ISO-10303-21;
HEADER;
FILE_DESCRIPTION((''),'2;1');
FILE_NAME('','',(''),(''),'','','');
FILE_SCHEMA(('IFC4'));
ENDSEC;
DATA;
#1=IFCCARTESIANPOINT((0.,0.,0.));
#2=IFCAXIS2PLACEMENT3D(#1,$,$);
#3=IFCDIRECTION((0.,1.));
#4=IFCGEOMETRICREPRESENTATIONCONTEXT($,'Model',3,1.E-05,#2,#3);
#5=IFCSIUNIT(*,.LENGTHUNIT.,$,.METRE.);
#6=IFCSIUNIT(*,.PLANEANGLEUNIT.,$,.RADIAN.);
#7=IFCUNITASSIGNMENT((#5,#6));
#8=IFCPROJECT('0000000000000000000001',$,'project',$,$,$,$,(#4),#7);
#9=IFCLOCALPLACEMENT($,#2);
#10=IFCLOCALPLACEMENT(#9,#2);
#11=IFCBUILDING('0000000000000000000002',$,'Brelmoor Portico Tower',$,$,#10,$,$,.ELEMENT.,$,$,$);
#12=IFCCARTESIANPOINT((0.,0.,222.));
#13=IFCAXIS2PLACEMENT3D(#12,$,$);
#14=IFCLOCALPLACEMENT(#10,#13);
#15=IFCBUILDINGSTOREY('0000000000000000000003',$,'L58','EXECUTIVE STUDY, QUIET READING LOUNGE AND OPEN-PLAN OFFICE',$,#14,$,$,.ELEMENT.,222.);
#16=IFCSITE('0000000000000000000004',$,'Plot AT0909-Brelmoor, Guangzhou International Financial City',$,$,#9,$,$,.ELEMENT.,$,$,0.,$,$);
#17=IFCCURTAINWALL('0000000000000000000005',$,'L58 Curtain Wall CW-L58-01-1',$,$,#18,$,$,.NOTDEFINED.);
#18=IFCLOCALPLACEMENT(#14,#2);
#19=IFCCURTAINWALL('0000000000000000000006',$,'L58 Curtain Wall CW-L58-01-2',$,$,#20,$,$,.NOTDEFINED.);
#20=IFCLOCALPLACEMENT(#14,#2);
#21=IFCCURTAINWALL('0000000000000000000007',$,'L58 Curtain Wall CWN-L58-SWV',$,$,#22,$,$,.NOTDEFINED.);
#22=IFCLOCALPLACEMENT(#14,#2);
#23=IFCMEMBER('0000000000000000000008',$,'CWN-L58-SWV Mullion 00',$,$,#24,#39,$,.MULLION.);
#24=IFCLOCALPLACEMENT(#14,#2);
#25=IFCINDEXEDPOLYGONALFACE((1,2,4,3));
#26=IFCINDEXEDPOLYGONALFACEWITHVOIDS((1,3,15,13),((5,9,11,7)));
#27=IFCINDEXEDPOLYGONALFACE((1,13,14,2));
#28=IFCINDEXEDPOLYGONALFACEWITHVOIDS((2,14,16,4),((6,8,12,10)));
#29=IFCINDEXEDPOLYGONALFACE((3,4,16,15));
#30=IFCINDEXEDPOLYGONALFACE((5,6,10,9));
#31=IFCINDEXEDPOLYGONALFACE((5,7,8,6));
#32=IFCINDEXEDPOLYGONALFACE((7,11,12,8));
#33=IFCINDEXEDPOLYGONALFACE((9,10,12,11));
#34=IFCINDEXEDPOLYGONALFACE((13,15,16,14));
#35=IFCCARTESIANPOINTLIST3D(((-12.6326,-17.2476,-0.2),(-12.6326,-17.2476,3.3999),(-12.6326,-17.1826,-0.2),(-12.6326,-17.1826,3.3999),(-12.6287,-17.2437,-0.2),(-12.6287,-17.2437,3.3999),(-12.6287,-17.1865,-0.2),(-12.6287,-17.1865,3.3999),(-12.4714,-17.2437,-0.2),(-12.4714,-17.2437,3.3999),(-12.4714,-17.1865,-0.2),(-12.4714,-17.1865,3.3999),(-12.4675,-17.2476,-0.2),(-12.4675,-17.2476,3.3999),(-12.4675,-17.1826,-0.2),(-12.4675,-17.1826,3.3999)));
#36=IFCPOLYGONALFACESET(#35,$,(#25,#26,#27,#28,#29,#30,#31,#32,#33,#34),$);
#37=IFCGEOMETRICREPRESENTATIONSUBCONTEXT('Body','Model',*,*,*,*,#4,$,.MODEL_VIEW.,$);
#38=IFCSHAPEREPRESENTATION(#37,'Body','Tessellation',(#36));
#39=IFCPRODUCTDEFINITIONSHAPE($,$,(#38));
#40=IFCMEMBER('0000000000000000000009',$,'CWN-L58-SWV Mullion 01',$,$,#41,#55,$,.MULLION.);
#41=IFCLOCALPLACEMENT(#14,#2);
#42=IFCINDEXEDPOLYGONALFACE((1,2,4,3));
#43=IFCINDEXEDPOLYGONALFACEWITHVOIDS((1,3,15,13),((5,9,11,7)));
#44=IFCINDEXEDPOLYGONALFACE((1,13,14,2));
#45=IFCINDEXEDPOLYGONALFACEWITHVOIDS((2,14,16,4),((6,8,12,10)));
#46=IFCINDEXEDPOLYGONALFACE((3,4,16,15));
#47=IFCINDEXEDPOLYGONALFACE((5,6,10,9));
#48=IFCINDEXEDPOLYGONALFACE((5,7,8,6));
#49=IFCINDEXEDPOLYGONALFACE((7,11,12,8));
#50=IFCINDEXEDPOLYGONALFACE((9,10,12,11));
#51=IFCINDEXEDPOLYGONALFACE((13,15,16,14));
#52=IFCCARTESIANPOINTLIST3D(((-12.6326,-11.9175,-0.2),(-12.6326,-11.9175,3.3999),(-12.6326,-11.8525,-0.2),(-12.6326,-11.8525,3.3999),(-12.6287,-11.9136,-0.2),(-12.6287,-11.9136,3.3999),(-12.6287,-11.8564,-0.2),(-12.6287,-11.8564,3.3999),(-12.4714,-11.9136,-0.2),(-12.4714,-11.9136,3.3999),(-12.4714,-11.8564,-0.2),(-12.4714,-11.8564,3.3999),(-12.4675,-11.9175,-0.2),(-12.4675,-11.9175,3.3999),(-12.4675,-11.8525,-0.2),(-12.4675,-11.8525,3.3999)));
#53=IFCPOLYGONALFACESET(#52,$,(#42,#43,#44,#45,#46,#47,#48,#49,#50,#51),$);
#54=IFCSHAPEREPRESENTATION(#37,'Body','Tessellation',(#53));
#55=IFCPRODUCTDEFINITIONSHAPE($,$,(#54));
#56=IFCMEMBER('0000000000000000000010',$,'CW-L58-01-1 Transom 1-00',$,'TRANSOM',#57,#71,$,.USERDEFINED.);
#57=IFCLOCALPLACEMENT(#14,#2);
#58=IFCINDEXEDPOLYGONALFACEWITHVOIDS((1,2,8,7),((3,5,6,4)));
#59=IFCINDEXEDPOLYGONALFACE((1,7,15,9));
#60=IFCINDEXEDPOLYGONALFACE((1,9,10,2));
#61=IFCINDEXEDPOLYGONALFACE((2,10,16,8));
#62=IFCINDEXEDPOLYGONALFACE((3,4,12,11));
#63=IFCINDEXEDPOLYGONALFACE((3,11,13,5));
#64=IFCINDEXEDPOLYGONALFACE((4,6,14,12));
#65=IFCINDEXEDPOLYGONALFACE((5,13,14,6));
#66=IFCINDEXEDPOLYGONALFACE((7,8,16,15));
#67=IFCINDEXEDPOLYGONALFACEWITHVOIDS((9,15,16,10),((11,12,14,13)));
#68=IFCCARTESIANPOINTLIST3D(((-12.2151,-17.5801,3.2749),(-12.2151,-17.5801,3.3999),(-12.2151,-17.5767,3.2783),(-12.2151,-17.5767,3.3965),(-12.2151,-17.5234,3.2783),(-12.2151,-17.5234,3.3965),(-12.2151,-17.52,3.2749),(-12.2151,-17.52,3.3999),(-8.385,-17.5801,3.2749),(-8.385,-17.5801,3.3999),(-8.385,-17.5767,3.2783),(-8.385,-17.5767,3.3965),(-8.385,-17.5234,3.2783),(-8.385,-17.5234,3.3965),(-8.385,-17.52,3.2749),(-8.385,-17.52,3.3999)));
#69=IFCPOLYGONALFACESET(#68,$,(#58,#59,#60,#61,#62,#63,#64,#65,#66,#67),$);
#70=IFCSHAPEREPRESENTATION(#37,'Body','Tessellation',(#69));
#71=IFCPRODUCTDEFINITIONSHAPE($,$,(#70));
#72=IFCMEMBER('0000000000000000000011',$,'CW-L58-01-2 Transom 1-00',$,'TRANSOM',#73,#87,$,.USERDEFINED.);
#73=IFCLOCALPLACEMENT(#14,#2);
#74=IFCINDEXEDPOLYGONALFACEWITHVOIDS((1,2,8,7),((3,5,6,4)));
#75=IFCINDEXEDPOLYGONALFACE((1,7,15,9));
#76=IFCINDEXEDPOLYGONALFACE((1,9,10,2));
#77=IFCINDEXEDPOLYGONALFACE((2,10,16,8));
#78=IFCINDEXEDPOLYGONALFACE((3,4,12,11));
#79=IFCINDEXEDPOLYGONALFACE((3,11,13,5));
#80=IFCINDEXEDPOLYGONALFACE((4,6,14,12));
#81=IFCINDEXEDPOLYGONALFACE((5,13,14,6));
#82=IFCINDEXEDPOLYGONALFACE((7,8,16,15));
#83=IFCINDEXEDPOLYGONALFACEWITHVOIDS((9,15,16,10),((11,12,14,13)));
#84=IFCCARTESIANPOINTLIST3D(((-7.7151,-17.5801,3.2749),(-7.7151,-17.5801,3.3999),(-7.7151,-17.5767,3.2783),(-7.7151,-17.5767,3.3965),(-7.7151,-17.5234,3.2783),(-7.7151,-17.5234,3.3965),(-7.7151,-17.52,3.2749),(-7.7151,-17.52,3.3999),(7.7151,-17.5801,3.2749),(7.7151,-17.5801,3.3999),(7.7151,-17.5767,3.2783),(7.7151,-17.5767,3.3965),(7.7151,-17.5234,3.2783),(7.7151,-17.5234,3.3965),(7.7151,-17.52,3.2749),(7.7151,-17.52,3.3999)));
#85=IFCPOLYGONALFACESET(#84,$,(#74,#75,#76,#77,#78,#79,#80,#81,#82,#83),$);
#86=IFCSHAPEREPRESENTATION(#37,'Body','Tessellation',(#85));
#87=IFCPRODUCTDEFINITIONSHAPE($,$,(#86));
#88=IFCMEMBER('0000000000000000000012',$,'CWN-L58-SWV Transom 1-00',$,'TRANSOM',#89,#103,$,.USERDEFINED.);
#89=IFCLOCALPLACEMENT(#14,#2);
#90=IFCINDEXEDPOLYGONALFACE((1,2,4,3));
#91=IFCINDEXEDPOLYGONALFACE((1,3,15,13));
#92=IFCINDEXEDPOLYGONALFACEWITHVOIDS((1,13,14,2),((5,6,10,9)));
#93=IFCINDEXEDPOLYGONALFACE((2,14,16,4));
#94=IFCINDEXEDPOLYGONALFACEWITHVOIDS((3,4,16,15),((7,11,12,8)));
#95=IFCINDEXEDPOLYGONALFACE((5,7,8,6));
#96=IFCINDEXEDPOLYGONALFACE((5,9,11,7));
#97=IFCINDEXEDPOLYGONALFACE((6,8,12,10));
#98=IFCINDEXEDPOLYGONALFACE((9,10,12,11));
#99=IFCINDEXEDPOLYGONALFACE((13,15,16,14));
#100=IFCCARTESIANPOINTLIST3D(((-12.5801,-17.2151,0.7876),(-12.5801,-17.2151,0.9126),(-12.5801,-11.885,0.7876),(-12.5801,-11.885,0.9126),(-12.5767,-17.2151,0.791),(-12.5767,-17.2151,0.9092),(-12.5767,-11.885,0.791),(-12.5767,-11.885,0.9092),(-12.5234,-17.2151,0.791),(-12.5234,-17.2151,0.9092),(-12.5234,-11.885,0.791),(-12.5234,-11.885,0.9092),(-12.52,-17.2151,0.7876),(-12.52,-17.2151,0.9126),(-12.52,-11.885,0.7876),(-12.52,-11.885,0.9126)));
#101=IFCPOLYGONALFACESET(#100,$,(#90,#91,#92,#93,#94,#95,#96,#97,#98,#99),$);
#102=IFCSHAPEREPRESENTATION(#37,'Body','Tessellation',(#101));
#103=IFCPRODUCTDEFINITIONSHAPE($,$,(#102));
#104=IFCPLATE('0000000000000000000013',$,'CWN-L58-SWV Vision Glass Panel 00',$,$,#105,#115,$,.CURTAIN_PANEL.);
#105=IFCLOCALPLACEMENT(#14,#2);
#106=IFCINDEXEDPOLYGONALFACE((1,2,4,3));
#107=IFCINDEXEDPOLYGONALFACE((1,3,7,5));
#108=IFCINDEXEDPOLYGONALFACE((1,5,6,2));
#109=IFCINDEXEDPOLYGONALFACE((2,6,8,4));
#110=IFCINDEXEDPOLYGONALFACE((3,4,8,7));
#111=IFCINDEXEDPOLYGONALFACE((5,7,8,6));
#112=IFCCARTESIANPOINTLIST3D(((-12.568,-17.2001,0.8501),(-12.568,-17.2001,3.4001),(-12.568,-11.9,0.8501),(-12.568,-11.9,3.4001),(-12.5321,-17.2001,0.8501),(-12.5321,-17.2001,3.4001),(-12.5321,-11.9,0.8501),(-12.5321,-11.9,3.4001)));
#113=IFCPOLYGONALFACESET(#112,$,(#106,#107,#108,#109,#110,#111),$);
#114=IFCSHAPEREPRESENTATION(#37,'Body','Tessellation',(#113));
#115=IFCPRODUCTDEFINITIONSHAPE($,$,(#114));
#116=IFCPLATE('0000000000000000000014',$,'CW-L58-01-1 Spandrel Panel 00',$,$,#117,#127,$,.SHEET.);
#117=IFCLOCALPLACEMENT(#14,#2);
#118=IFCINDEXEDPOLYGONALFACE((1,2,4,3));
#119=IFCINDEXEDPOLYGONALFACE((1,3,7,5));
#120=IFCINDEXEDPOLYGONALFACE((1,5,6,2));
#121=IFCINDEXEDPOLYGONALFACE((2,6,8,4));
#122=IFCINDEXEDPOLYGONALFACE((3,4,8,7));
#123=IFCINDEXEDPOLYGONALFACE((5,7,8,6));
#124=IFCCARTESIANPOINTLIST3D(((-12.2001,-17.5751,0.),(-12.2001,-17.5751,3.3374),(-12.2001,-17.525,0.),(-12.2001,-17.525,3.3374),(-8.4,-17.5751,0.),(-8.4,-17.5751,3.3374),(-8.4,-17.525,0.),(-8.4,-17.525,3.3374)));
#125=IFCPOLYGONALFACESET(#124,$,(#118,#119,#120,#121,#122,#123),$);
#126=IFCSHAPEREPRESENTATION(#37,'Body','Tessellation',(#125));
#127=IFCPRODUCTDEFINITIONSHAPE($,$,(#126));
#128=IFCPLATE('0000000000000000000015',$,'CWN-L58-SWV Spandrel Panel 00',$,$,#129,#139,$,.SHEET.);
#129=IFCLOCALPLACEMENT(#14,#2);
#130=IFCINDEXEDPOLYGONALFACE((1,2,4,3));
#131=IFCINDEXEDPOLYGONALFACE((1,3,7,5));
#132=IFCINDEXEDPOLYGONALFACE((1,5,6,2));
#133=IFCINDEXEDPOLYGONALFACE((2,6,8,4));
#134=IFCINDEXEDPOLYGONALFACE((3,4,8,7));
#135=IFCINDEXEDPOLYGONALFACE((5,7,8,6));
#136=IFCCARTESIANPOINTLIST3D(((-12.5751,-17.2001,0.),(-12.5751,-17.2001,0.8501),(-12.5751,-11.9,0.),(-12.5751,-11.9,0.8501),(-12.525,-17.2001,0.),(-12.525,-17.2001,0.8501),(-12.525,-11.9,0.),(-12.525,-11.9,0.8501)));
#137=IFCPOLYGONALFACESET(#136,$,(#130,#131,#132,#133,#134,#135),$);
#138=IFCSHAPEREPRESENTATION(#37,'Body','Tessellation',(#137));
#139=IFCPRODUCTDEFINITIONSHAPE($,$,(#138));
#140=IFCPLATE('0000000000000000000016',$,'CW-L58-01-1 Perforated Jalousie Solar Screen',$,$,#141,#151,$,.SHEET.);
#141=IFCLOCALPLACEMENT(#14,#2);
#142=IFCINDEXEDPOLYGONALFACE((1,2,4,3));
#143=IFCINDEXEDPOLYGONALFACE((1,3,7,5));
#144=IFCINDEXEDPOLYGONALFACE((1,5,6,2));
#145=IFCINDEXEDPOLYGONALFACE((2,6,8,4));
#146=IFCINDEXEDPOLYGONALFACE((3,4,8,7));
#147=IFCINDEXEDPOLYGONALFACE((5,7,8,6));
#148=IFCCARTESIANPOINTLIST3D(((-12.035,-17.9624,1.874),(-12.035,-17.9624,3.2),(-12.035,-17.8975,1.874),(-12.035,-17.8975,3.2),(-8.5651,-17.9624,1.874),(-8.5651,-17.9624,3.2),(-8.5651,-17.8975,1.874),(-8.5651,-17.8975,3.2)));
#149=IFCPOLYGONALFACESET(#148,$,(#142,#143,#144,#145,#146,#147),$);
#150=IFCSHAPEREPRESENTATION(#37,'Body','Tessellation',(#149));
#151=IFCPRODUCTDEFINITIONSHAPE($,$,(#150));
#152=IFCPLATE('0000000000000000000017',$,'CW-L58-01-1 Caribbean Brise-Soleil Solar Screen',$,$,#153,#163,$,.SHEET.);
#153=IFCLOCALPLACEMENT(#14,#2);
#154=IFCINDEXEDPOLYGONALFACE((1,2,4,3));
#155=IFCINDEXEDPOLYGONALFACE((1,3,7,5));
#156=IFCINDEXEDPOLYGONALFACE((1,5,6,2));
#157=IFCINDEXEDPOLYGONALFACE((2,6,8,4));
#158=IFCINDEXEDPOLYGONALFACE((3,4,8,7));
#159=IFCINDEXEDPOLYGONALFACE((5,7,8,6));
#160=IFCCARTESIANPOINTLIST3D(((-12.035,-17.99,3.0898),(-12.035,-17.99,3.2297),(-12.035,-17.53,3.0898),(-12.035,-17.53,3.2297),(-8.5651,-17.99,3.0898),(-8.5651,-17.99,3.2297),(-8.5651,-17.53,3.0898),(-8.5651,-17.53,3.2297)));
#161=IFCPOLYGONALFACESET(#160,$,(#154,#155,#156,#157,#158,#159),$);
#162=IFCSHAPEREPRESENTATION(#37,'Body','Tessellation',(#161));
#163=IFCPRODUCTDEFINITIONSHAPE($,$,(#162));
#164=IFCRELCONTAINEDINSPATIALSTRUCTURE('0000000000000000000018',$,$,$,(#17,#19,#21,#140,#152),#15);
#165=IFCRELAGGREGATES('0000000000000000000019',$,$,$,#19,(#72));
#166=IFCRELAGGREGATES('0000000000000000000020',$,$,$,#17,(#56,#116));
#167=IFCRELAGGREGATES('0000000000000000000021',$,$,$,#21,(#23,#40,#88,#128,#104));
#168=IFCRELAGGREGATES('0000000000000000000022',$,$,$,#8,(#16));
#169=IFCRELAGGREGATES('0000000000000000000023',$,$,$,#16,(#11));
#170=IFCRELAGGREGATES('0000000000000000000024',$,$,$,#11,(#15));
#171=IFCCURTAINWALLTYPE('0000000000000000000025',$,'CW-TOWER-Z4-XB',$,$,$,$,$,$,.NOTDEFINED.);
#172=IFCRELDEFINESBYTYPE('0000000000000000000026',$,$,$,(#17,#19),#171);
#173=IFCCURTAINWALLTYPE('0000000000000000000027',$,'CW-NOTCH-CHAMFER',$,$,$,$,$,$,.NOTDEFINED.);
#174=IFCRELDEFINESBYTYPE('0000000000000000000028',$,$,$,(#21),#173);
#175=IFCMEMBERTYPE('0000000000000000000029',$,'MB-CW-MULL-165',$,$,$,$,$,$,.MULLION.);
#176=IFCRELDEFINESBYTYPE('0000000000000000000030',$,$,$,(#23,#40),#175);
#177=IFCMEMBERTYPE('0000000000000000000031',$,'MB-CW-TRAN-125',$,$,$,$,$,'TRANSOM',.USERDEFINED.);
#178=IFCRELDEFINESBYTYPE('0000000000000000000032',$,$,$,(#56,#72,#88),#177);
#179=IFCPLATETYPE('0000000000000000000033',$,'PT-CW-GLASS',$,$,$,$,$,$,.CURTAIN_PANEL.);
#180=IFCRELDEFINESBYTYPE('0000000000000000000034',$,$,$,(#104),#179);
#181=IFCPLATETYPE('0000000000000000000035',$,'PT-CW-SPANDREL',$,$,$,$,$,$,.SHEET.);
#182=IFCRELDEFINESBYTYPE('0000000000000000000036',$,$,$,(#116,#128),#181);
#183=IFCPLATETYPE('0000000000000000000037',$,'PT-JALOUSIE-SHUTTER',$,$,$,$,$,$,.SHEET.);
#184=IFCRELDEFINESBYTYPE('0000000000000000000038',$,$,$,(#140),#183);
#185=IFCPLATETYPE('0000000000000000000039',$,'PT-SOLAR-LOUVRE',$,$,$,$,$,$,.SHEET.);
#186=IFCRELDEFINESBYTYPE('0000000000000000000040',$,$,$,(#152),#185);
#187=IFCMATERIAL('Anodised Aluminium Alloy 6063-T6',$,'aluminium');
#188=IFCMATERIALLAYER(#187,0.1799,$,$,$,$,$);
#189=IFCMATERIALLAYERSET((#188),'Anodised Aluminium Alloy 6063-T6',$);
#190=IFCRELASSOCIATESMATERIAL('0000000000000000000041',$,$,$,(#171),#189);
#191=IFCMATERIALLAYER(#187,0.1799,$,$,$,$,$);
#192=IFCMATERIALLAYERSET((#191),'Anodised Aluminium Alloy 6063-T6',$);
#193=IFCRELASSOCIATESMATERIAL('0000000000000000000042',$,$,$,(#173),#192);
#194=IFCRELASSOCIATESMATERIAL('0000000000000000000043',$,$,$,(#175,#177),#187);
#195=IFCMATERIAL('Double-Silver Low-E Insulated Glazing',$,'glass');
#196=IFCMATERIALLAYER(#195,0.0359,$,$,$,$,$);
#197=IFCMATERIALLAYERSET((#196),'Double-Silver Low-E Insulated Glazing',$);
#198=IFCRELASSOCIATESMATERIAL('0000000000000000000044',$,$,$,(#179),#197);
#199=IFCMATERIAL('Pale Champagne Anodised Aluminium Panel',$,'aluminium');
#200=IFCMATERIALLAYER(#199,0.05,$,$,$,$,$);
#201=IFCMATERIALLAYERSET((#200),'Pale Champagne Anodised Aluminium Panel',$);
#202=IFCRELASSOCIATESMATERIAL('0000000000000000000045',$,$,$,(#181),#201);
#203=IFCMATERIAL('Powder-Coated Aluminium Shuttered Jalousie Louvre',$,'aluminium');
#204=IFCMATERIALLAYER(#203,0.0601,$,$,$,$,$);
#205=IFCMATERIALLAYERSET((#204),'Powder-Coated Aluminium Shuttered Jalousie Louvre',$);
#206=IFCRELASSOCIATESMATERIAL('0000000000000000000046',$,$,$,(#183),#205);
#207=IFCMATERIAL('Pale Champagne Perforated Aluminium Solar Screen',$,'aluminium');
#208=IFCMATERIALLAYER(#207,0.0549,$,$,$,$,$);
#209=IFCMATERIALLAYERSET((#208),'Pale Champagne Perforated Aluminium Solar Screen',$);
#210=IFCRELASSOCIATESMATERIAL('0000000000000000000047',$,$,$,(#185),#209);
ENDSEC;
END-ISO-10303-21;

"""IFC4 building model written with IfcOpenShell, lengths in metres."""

from ifc_helpers import new_model, si_unit, direction, frame, origin, origin_2d, place, context, subcontext, project, spatial, rectangle, hollow_rectangle, extrude, material, layer, layer_set, material_profile, profile_set, type_object, element, aggregate, save


model = new_model("IFC4")

# Units and contexts
model_context = context("Model", 3, precision=1e-05, world=origin(), true_north=direction((0.0, 1.0)))
body_context = subcontext(model_context, "Body", "Model", "MODEL_VIEW")
ifc_project = project(units=[si_unit("LENGTHUNIT", "METRE"), si_unit("PLANEANGLEUNIT", "RADIAN")], contexts=[model_context])

# Site, building, storey
site_placement = place(None, origin())
site = spatial("IfcSite", under=ifc_project, at=site_placement, Name="Plot AT0909-Brelmoor, Guangzhou International Financial City", CompositionType="ELEMENT", RefElevation=0.0)
building_placement = place(site_placement, origin())
building = spatial("IfcBuilding", under=site, at=building_placement, Name="Brelmoor Portico Tower", CompositionType="ELEMENT")
storey_placement = place(building_placement, frame((0.0, 0.0, 222.0)))
storey = spatial("IfcBuildingStorey", under=building, at=storey_placement, Name="L58", Description="EXECUTIVE STUDY, QUIET READING LOUNGE AND OPEN-PLAN OFFICE", CompositionType="ELEMENT", Elevation=222.0)

# Curtain wall
ifc_material_1 = material(Name="Anodised Aluminium Alloy 6063-T6", Category="aluminium")
ifc_layer_1 = layer(ifc_material_1, 0.1799)
ifc_layer_set_1 = layer_set([ifc_layer_1], Name="Anodised Aluminium Alloy 6063-T6")
curtain_wall_type_1 = type_object("IfcCurtainWallType", Name="CW-TOWER-Z4-XB", PredefinedType="NOTDEFINED", material=ifc_layer_set_1)
curtain_wall_1_placement = place(storey_placement, origin())
curtain_wall_1 = element("IfcCurtainWall", 1, at=curtain_wall_1_placement, inside=storey, type_object=curtain_wall_type_1, Name="L58 Curtain Wall CW-L58-01-1", PredefinedType="NOTDEFINED")

# Curtain wall
curtain_wall_2_placement = place(storey_placement, origin())
curtain_wall_2 = element("IfcCurtainWall", 2, at=curtain_wall_2_placement, inside=storey, type_object=curtain_wall_type_1, Name="L58 Curtain Wall CW-L58-01-2", PredefinedType="NOTDEFINED")

# Curtain wall, members
ifc_layer_2 = layer(ifc_material_1, 0.1799)
ifc_layer_set_2 = layer_set([ifc_layer_2], Name="Anodised Aluminium Alloy 6063-T6")
curtain_wall_type_2 = type_object("IfcCurtainWallType", Name="CW-NOTCH-CHAMFER", PredefinedType="NOTDEFINED", material=ifc_layer_set_2)
curtain_wall_3_placement = place(storey_placement, origin())
curtain_wall_3 = element("IfcCurtainWall", 3, at=curtain_wall_3_placement, inside=storey, type_object=curtain_wall_type_2, Name="L58 Curtain Wall CWN-L58-SWV", PredefinedType="NOTDEFINED")
ifc_material_profile_1 = material_profile(ifc_material_1, hollow_rectangle(XDim=0.0649, YDim=0.165, WallThickness=0.0039, at=origin_2d()), Name="ALU MULLION 65x165")
ifc_profile_set_1 = profile_set([ifc_material_profile_1], Name="Anodised Aluminium Alloy 6063-T6")
member_type_1 = type_object("IfcMemberType", Name="MB-CW-MULL-165", PredefinedType="MULLION", material=ifc_profile_set_1)
member_1_placement = place(storey_placement, frame((-12.55, -17.2151, -0.2), z_axis=(0.0, 0.0, 1.0), x_axis=(0.0, 1.0, 0.0)))
member_1 = element("IfcMember", 4, at=member_1_placement, type_object=member_type_1, Name="CWN-L58-SWV Mullion 00", PredefinedType="MULLION", context=body_context, shape_type="SweptSolid", body=[
    extrude(hollow_rectangle(XDim=0.0649, YDim=0.165, WallThickness=0.0039, at=origin_2d()), origin(), (0.0, 0.0, 1.0), 3.5999),
])
member_2_placement = place(storey_placement, frame((-12.55, -11.885, -0.2), z_axis=(0.0, 0.0, 1.0), x_axis=(0.0, 1.0, 0.0)))
member_2 = element("IfcMember", 5, at=member_2_placement, type_object=member_type_1, Name="CWN-L58-SWV Mullion 01", PredefinedType="MULLION", context=body_context, shape_type="SweptSolid", body=[
    extrude(hollow_rectangle(XDim=0.0649, YDim=0.165, WallThickness=0.0039, at=origin_2d()), origin(), (0.0, 0.0, 1.0), 3.5999),
])

# Members
ifc_material_profile_2 = material_profile(ifc_material_1, hollow_rectangle(XDim=0.0601, YDim=0.125, WallThickness=0.0034, at=origin_2d()), Name="ALU TRANSOM 60x125")
ifc_profile_set_2 = profile_set([ifc_material_profile_2], Name="Anodised Aluminium Alloy 6063-T6")
member_type_2 = type_object("IfcMemberType", Name="MB-CW-TRAN-125", ElementType="TRANSOM", PredefinedType="USERDEFINED", material=ifc_profile_set_2)
member_3_placement = place(storey_placement, frame((-12.2151, -17.55, 3.3374), z_axis=(1.0, 0.0, 0.0), x_axis=(0.0, 1.0, 0.0)))
member_3 = element("IfcMember", 6, at=member_3_placement, type_object=member_type_2, Name="CW-L58-01-1 Transom 1-00", ObjectType="TRANSOM", PredefinedType="USERDEFINED", context=body_context, shape_type="SweptSolid", body=[
    extrude(hollow_rectangle(XDim=0.0601, YDim=0.125, WallThickness=0.0034, at=origin_2d()), origin(), (0.0, 0.0, 1.0), 3.8301),
])
member_4_placement = place(storey_placement, frame((-7.7151, -17.55, 3.3374), z_axis=(1.0, 0.0, 0.0), x_axis=(0.0, 1.0, 0.0)))
member_4 = element("IfcMember", 7, at=member_4_placement, type_object=member_type_2, Name="CW-L58-01-2 Transom 1-00", ObjectType="TRANSOM", PredefinedType="USERDEFINED", context=body_context, shape_type="SweptSolid", body=[
    extrude(hollow_rectangle(XDim=0.0601, YDim=0.125, WallThickness=0.0034, at=origin_2d()), origin(), (0.0, 0.0, 1.0), 15.4302),
])
aggregate(curtain_wall_2, [member_4])
member_5_placement = place(storey_placement, frame((-12.55, -17.2151, 0.8501), z_axis=(0.0, 1.0, 0.0), x_axis=(-1.0, 0.0, 0.0)))
member_5 = element("IfcMember", 8, at=member_5_placement, type_object=member_type_2, Name="CWN-L58-SWV Transom 1-00", ObjectType="TRANSOM", PredefinedType="USERDEFINED", context=body_context, shape_type="SweptSolid", body=[
    extrude(hollow_rectangle(XDim=0.0601, YDim=0.125, WallThickness=0.0034, at=origin_2d()), origin(), (0.0, 0.0, 1.0), 5.3301),
])

# Plates
ifc_material_2 = material(Name="Double-Silver Low-E Insulated Glazing", Category="glass")
ifc_layer_3 = layer(ifc_material_2, 0.0359)
ifc_layer_set_3 = layer_set([ifc_layer_3], Name="Double-Silver Low-E Insulated Glazing")
plate_type_1 = type_object("IfcPlateType", Name="PT-CW-GLASS", PredefinedType="CURTAIN_PANEL", material=ifc_layer_set_3)
plate_1_placement = place(storey_placement, frame((-12.55, -14.55, 0.8501), z_axis=(0.0, 0.0, 1.0), x_axis=(0.0, 1.0, 0.0)))
plate_1 = element("IfcPlate", 9, at=plate_1_placement, type_object=plate_type_1, Name="CWN-L58-SWV Vision Glass Panel 00", PredefinedType="CURTAIN_PANEL", context=body_context, shape_type="SweptSolid", body=[
    extrude(rectangle(XDim=5.3, YDim=0.0359, at=origin_2d()), origin(), (0.0, 0.0, 1.0), 2.55),
])
ifc_material_3 = material(Name="Pale Champagne Anodised Aluminium Panel", Category="aluminium")
ifc_layer_4 = layer(ifc_material_3, 0.05)
ifc_layer_set_4 = layer_set([ifc_layer_4], Name="Pale Champagne Anodised Aluminium Panel")
plate_type_2 = type_object("IfcPlateType", Name="PT-CW-SPANDREL", PredefinedType="SHEET", material=ifc_layer_set_4)
plate_2_placement = place(storey_placement, frame((-10.3, -17.55, 0.0), z_axis=(0.0, 0.0, 1.0), x_axis=(1.0, 0.0, 0.0)))
plate_2 = element("IfcPlate", 10, at=plate_2_placement, type_object=plate_type_2, Name="CW-L58-01-1 Spandrel Panel 00", PredefinedType="SHEET", context=body_context, shape_type="SweptSolid", body=[
    extrude(rectangle(XDim=3.8, YDim=0.05, at=origin_2d()), origin(), (0.0, 0.0, 1.0), 3.3374),
])
aggregate(curtain_wall_1, [member_3, plate_2])
plate_3_placement = place(storey_placement, frame((-12.55, -14.55, 0.0), z_axis=(0.0, 0.0, 1.0), x_axis=(0.0, 1.0, 0.0)))
plate_3 = element("IfcPlate", 11, at=plate_3_placement, type_object=plate_type_2, Name="CWN-L58-SWV Spandrel Panel 00", PredefinedType="SHEET", context=body_context, shape_type="SweptSolid", body=[
    extrude(rectangle(XDim=5.3, YDim=0.05, at=origin_2d()), origin(), (0.0, 0.0, 1.0), 0.8501),
])
aggregate(curtain_wall_3, [member_1, member_2, member_5, plate_3, plate_1])

# Plates
ifc_material_4 = material(Name="Powder-Coated Aluminium Shuttered Jalousie Louvre", Category="aluminium")
ifc_layer_5 = layer(ifc_material_4, 0.0601)
ifc_layer_set_5 = layer_set([ifc_layer_5], Name="Powder-Coated Aluminium Shuttered Jalousie Louvre")
plate_type_3 = type_object("IfcPlateType", Name="PT-JALOUSIE-SHUTTER", PredefinedType="SHEET", material=ifc_layer_set_5)
plate_4_placement = place(storey_placement, frame((-10.3, -17.9299, 1.874), z_axis=(0.0, 0.0, 1.0), x_axis=(1.0, 0.0, 0.0)))
element("IfcPlate", 12, at=plate_4_placement, inside=storey, type_object=plate_type_3, Name="CW-L58-01-1 Perforated Jalousie Solar Screen", PredefinedType="SHEET", context=body_context, shape_type="SweptSolid", body=[
    extrude(rectangle(XDim=3.47, YDim=0.0649, at=origin_2d()), origin(), (0.0, 0.0, 1.0), 1.3259),
])
ifc_material_5 = material(Name="Pale Champagne Perforated Aluminium Solar Screen", Category="aluminium")
ifc_layer_6 = layer(ifc_material_5, 0.0549)
ifc_layer_set_6 = layer_set([ifc_layer_6], Name="Pale Champagne Perforated Aluminium Solar Screen")
plate_type_4 = type_object("IfcPlateType", Name="PT-SOLAR-LOUVRE", PredefinedType="SHEET", material=ifc_layer_set_6)
plate_5_placement = place(storey_placement, frame((-10.3, -17.76, 3.0898), z_axis=(0.0, 0.0, 1.0), x_axis=(1.0, 0.0, 0.0)))
element("IfcPlate", 13, at=plate_5_placement, inside=storey, type_object=plate_type_4, Name="CW-L58-01-1 Caribbean Brise-Soleil Solar Screen", PredefinedType="SHEET", context=body_context, shape_type="SweptSolid", body=[
    extrude(rectangle(XDim=3.47, YDim=0.46, at=origin_2d()), origin(), (0.0, 0.0, 1.0), 0.1399),
])

save(model, "model.ifc")
